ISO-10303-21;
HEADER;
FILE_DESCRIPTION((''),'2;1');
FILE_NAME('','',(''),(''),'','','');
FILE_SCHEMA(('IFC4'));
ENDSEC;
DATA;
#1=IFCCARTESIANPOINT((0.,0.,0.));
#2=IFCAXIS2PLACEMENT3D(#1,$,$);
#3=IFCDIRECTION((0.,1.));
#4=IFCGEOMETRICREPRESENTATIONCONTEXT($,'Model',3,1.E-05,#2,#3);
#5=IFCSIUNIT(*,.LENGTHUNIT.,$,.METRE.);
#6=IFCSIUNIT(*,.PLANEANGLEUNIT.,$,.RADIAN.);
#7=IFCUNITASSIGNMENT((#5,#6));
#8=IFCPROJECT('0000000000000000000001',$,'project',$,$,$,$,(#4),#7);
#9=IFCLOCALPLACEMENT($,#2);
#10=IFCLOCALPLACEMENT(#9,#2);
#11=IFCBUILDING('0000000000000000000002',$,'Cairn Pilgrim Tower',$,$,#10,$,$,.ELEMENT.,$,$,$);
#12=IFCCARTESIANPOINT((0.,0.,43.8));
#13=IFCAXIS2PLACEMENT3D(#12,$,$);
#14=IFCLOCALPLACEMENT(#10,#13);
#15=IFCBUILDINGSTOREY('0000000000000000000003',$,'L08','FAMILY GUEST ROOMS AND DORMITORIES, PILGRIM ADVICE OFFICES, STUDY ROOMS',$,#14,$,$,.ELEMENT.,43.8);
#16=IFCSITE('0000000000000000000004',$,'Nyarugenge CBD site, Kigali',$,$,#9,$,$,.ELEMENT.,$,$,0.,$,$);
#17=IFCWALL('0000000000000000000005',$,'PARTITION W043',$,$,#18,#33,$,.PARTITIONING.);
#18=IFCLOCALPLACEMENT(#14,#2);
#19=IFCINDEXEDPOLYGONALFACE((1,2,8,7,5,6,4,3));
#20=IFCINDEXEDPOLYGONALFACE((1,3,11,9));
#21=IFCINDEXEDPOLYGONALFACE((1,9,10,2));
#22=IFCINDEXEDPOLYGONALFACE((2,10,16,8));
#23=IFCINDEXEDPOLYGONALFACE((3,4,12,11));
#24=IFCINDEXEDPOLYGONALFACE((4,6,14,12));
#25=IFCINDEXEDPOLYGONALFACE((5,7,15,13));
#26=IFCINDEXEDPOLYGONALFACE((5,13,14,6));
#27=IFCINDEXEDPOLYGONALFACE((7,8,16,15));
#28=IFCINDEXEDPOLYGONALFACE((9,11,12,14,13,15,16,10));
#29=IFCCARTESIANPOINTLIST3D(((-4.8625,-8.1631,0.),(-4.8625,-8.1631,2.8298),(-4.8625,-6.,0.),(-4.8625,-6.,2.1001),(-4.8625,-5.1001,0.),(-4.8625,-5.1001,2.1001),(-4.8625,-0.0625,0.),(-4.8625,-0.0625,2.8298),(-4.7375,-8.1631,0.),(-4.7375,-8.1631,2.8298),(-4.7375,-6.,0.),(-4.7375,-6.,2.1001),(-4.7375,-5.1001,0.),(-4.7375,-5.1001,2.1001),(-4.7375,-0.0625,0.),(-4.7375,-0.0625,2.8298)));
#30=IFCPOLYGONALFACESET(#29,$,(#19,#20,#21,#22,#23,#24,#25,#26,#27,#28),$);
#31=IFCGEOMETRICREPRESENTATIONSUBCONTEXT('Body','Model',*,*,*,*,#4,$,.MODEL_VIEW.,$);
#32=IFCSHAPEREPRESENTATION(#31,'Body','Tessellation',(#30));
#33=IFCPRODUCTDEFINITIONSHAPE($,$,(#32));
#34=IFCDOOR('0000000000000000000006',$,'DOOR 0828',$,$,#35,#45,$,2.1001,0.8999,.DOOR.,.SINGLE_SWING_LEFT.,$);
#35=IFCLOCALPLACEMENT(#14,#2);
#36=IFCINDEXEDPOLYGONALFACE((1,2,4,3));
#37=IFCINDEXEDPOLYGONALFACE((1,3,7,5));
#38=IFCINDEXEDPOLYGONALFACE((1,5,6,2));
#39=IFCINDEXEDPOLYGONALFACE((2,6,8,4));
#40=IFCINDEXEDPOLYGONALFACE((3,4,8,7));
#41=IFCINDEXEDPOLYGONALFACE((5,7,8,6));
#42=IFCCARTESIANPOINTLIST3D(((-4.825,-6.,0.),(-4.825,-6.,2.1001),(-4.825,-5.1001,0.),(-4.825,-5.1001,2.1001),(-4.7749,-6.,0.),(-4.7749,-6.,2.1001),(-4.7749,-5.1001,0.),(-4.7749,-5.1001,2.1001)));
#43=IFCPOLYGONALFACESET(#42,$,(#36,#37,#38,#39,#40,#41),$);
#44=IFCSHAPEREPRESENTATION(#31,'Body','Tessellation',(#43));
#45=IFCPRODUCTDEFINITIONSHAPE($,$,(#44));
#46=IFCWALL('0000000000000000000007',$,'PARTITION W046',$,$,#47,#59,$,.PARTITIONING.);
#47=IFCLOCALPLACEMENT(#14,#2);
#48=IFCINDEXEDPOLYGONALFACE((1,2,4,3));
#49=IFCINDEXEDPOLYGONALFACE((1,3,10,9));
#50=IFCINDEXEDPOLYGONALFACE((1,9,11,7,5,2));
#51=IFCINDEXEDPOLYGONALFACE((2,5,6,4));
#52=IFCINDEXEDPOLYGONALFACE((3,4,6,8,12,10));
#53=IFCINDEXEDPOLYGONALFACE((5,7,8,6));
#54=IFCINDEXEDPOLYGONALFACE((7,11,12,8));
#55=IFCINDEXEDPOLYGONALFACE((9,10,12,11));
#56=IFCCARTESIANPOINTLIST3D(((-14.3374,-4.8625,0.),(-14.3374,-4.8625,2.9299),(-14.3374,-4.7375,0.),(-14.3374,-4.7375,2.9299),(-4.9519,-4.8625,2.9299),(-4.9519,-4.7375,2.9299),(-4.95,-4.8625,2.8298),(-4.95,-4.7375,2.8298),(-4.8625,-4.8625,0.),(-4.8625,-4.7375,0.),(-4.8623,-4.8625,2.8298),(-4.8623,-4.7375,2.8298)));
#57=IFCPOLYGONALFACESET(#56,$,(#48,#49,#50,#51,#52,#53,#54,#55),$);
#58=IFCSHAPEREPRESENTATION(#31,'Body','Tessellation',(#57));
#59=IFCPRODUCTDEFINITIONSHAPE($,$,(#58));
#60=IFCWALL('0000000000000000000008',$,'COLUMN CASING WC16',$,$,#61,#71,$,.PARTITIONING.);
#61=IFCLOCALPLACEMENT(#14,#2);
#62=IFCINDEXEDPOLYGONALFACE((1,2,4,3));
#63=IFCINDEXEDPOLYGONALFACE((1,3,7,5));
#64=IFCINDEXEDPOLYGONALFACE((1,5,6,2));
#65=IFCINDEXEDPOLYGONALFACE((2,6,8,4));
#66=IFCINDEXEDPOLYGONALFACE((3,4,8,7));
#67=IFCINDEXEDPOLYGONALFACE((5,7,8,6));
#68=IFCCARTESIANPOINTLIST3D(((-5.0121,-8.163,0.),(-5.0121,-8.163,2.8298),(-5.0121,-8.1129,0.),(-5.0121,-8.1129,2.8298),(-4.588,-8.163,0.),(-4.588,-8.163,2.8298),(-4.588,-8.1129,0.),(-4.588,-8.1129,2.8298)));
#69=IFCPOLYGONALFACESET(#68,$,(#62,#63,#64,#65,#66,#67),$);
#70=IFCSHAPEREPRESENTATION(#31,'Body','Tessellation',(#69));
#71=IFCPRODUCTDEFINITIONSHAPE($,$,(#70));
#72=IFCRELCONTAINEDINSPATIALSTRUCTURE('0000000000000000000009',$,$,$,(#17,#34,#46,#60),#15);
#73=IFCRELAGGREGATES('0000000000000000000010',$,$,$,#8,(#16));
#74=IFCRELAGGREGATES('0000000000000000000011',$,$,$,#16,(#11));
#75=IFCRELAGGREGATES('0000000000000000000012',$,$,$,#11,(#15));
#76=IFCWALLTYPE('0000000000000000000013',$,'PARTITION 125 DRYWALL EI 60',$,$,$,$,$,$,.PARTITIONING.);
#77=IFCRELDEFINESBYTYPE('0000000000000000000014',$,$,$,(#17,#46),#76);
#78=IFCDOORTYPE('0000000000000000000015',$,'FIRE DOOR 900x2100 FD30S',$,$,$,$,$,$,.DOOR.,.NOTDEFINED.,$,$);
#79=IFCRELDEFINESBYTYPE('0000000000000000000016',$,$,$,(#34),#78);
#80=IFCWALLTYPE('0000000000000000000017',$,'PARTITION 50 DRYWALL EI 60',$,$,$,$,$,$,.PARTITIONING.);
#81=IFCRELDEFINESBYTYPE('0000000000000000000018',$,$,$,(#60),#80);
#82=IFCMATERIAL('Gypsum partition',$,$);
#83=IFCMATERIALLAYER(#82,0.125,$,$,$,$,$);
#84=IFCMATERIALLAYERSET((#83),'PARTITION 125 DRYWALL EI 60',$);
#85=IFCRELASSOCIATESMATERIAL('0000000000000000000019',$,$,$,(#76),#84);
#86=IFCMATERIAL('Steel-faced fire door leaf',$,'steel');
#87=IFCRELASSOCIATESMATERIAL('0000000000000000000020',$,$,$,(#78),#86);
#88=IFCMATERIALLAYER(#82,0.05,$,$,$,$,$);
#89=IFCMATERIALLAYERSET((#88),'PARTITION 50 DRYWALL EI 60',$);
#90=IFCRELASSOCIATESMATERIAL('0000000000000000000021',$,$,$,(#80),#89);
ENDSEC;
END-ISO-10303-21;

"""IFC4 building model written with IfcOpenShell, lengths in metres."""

from ifc_helpers import new_model, si_unit, direction, frame, frame_2d, origin, place, context, subcontext, project, spatial, polyline, rectangle, outline, extrude, material, layer, layer_set, type_object, element, fill, save


model = new_model("IFC4")

# Units and contexts
model_context = context("Model", 3, precision=1e-05, world=origin(), true_north=direction((0.0, 1.0)))
body_context = subcontext(model_context, "Body", "Model", "MODEL_VIEW")
ifc_project = project(units=[si_unit("LENGTHUNIT", "METRE"), si_unit("PLANEANGLEUNIT", "RADIAN")], contexts=[model_context])

# Site, building, storey
site_placement = place(None, origin())
site = spatial("IfcSite", under=ifc_project, at=site_placement, Name="Nyarugenge CBD site, Kigali", CompositionType="ELEMENT", RefElevation=0.0)
building_placement = place(site_placement, origin())
building = spatial("IfcBuilding", under=site, at=building_placement, Name="Cairn Pilgrim Tower", CompositionType="ELEMENT")
storey_placement = place(building_placement, frame((0.0, 0.0, 43.8)))
storey = spatial("IfcBuildingStorey", under=building, at=storey_placement, Name="L08", Description="FAMILY GUEST ROOMS AND DORMITORIES, PILGRIM ADVICE OFFICES, STUDY ROOMS", CompositionType="ELEMENT", Elevation=43.8)

# Wall, opening, door
ifc_material_1 = material(Name="Gypsum partition")
ifc_layer_1 = layer(ifc_material_1, 0.125)
ifc_layer_set_1 = layer_set([ifc_layer_1], Name="PARTITION 125 DRYWALL EI 60")
wall_type_1 = type_object("IfcWallType", Name="PARTITION 125 DRYWALL EI 60", PredefinedType="PARTITIONING", material=ifc_layer_set_1)
ifc_material_2 = material(Name="Steel-faced fire door leaf", Category="steel")
wall_1_placement = place(storey_placement, frame((-4.8, -8.1631, 0.0), z_axis=(0.0, 0.0, 1.0), x_axis=(0.0, 1.0, 0.0)))
wall_1 = element("IfcWall", 1, at=wall_1_placement, inside=storey, type_object=wall_type_1, Name="PARTITION W043", PredefinedType="PARTITIONING", context=body_context, shape_type="SweptSolid", body=[
    extrude(rectangle(XDim=8.1006, YDim=0.125, at=frame_2d((4.0503, 0.0))), origin(), (0.0, 0.0, 1.0), 2.8298),
])
opening_1_placement = place(wall_1_placement, frame((2.1631, 0.0, 0.0)))
opening_1 = element("IfcOpeningElement", 2, at=opening_1_placement, cuts=wall_1, PredefinedType="OPENING", context=body_context, shape_type="SweptSolid", body=[
    extrude(rectangle(XDim=0.8999, YDim=2.1001, at=frame_2d((0.45, 1.05))), frame((0.0, 0.0725, 0.0), z_axis=(0.0, -1.0, 0.0), x_axis=(1.0, 0.0, 0.0)), (0.0, 0.0, 1.0), 0.145),
])
door_type_1 = type_object("IfcDoorType", Name="FIRE DOOR 900x2100 FD30S", OperationType="NOTDEFINED", PredefinedType="DOOR", material=ifc_material_2)
door_1_placement = place(opening_1_placement, origin())
door_1 = element("IfcDoor", 3, at=door_1_placement, inside=storey, type_object=door_type_1, Name="DOOR 0828", OperationType="SINGLE_SWING_LEFT", OverallHeight=2.1001, OverallWidth=0.8999, PredefinedType="DOOR", context=body_context, shape_type="SweptSolid", body=[
    extrude(rectangle(XDim=0.8999, YDim=2.1001, at=frame_2d((0.45, 1.05))), frame((0.0, 0.0249, 0.0), z_axis=(0.0, -1.0, 0.0), x_axis=(1.0, 0.0, 0.0)), (0.0, 0.0, 1.0), 0.05),
])
fill(opening_1, door_1)

# Walls
wall_2_placement = place(storey_placement, frame((-14.3374, -4.8, 0.0), z_axis=(0.0, 0.0, 1.0), x_axis=(1.0, 0.0, 0.0)))
element("IfcWall", 4, at=wall_2_placement, inside=storey, type_object=wall_type_1, Name="PARTITION W046", PredefinedType="PARTITIONING", context=body_context, shape_type="SweptSolid", body=[
    extrude(outline(polyline([(0.0, 0.0), (9.4749, 0.0), (9.4751, 2.8298), (9.3875, 2.8298), (9.3855, 2.9299), (0.0, 2.9299), (0.0, 0.0)])), frame((0.0, 0.0625, 0.0), z_axis=(0.0, -1.0, 0.0), x_axis=(1.0, 0.0, 0.0)), (0.0, 0.0, 1.0), 0.125),
])
ifc_layer_2 = layer(ifc_material_1, 0.05)
ifc_layer_set_2 = layer_set([ifc_layer_2], Name="PARTITION 50 DRYWALL EI 60")
wall_type_2 = type_object("IfcWallType", Name="PARTITION 50 DRYWALL EI 60", PredefinedType="PARTITIONING", material=ifc_layer_set_2)
wall_3_placement = place(storey_placement, frame((-5.012, -8.1379, 0.0), z_axis=(0.0, 0.0, 1.0), x_axis=(1.0, 0.0, 0.0)))
element("IfcWall", 5, at=wall_3_placement, inside=storey, type_object=wall_type_2, Name="COLUMN CASING WC16", PredefinedType="PARTITIONING", context=body_context, shape_type="SweptSolid", body=[
    extrude(rectangle(XDim=0.4241, YDim=0.05, at=frame_2d((0.2119, 0.0))), origin(), (0.0, 0.0, 1.0), 2.8298),
])

save(model, "model.ifc")
